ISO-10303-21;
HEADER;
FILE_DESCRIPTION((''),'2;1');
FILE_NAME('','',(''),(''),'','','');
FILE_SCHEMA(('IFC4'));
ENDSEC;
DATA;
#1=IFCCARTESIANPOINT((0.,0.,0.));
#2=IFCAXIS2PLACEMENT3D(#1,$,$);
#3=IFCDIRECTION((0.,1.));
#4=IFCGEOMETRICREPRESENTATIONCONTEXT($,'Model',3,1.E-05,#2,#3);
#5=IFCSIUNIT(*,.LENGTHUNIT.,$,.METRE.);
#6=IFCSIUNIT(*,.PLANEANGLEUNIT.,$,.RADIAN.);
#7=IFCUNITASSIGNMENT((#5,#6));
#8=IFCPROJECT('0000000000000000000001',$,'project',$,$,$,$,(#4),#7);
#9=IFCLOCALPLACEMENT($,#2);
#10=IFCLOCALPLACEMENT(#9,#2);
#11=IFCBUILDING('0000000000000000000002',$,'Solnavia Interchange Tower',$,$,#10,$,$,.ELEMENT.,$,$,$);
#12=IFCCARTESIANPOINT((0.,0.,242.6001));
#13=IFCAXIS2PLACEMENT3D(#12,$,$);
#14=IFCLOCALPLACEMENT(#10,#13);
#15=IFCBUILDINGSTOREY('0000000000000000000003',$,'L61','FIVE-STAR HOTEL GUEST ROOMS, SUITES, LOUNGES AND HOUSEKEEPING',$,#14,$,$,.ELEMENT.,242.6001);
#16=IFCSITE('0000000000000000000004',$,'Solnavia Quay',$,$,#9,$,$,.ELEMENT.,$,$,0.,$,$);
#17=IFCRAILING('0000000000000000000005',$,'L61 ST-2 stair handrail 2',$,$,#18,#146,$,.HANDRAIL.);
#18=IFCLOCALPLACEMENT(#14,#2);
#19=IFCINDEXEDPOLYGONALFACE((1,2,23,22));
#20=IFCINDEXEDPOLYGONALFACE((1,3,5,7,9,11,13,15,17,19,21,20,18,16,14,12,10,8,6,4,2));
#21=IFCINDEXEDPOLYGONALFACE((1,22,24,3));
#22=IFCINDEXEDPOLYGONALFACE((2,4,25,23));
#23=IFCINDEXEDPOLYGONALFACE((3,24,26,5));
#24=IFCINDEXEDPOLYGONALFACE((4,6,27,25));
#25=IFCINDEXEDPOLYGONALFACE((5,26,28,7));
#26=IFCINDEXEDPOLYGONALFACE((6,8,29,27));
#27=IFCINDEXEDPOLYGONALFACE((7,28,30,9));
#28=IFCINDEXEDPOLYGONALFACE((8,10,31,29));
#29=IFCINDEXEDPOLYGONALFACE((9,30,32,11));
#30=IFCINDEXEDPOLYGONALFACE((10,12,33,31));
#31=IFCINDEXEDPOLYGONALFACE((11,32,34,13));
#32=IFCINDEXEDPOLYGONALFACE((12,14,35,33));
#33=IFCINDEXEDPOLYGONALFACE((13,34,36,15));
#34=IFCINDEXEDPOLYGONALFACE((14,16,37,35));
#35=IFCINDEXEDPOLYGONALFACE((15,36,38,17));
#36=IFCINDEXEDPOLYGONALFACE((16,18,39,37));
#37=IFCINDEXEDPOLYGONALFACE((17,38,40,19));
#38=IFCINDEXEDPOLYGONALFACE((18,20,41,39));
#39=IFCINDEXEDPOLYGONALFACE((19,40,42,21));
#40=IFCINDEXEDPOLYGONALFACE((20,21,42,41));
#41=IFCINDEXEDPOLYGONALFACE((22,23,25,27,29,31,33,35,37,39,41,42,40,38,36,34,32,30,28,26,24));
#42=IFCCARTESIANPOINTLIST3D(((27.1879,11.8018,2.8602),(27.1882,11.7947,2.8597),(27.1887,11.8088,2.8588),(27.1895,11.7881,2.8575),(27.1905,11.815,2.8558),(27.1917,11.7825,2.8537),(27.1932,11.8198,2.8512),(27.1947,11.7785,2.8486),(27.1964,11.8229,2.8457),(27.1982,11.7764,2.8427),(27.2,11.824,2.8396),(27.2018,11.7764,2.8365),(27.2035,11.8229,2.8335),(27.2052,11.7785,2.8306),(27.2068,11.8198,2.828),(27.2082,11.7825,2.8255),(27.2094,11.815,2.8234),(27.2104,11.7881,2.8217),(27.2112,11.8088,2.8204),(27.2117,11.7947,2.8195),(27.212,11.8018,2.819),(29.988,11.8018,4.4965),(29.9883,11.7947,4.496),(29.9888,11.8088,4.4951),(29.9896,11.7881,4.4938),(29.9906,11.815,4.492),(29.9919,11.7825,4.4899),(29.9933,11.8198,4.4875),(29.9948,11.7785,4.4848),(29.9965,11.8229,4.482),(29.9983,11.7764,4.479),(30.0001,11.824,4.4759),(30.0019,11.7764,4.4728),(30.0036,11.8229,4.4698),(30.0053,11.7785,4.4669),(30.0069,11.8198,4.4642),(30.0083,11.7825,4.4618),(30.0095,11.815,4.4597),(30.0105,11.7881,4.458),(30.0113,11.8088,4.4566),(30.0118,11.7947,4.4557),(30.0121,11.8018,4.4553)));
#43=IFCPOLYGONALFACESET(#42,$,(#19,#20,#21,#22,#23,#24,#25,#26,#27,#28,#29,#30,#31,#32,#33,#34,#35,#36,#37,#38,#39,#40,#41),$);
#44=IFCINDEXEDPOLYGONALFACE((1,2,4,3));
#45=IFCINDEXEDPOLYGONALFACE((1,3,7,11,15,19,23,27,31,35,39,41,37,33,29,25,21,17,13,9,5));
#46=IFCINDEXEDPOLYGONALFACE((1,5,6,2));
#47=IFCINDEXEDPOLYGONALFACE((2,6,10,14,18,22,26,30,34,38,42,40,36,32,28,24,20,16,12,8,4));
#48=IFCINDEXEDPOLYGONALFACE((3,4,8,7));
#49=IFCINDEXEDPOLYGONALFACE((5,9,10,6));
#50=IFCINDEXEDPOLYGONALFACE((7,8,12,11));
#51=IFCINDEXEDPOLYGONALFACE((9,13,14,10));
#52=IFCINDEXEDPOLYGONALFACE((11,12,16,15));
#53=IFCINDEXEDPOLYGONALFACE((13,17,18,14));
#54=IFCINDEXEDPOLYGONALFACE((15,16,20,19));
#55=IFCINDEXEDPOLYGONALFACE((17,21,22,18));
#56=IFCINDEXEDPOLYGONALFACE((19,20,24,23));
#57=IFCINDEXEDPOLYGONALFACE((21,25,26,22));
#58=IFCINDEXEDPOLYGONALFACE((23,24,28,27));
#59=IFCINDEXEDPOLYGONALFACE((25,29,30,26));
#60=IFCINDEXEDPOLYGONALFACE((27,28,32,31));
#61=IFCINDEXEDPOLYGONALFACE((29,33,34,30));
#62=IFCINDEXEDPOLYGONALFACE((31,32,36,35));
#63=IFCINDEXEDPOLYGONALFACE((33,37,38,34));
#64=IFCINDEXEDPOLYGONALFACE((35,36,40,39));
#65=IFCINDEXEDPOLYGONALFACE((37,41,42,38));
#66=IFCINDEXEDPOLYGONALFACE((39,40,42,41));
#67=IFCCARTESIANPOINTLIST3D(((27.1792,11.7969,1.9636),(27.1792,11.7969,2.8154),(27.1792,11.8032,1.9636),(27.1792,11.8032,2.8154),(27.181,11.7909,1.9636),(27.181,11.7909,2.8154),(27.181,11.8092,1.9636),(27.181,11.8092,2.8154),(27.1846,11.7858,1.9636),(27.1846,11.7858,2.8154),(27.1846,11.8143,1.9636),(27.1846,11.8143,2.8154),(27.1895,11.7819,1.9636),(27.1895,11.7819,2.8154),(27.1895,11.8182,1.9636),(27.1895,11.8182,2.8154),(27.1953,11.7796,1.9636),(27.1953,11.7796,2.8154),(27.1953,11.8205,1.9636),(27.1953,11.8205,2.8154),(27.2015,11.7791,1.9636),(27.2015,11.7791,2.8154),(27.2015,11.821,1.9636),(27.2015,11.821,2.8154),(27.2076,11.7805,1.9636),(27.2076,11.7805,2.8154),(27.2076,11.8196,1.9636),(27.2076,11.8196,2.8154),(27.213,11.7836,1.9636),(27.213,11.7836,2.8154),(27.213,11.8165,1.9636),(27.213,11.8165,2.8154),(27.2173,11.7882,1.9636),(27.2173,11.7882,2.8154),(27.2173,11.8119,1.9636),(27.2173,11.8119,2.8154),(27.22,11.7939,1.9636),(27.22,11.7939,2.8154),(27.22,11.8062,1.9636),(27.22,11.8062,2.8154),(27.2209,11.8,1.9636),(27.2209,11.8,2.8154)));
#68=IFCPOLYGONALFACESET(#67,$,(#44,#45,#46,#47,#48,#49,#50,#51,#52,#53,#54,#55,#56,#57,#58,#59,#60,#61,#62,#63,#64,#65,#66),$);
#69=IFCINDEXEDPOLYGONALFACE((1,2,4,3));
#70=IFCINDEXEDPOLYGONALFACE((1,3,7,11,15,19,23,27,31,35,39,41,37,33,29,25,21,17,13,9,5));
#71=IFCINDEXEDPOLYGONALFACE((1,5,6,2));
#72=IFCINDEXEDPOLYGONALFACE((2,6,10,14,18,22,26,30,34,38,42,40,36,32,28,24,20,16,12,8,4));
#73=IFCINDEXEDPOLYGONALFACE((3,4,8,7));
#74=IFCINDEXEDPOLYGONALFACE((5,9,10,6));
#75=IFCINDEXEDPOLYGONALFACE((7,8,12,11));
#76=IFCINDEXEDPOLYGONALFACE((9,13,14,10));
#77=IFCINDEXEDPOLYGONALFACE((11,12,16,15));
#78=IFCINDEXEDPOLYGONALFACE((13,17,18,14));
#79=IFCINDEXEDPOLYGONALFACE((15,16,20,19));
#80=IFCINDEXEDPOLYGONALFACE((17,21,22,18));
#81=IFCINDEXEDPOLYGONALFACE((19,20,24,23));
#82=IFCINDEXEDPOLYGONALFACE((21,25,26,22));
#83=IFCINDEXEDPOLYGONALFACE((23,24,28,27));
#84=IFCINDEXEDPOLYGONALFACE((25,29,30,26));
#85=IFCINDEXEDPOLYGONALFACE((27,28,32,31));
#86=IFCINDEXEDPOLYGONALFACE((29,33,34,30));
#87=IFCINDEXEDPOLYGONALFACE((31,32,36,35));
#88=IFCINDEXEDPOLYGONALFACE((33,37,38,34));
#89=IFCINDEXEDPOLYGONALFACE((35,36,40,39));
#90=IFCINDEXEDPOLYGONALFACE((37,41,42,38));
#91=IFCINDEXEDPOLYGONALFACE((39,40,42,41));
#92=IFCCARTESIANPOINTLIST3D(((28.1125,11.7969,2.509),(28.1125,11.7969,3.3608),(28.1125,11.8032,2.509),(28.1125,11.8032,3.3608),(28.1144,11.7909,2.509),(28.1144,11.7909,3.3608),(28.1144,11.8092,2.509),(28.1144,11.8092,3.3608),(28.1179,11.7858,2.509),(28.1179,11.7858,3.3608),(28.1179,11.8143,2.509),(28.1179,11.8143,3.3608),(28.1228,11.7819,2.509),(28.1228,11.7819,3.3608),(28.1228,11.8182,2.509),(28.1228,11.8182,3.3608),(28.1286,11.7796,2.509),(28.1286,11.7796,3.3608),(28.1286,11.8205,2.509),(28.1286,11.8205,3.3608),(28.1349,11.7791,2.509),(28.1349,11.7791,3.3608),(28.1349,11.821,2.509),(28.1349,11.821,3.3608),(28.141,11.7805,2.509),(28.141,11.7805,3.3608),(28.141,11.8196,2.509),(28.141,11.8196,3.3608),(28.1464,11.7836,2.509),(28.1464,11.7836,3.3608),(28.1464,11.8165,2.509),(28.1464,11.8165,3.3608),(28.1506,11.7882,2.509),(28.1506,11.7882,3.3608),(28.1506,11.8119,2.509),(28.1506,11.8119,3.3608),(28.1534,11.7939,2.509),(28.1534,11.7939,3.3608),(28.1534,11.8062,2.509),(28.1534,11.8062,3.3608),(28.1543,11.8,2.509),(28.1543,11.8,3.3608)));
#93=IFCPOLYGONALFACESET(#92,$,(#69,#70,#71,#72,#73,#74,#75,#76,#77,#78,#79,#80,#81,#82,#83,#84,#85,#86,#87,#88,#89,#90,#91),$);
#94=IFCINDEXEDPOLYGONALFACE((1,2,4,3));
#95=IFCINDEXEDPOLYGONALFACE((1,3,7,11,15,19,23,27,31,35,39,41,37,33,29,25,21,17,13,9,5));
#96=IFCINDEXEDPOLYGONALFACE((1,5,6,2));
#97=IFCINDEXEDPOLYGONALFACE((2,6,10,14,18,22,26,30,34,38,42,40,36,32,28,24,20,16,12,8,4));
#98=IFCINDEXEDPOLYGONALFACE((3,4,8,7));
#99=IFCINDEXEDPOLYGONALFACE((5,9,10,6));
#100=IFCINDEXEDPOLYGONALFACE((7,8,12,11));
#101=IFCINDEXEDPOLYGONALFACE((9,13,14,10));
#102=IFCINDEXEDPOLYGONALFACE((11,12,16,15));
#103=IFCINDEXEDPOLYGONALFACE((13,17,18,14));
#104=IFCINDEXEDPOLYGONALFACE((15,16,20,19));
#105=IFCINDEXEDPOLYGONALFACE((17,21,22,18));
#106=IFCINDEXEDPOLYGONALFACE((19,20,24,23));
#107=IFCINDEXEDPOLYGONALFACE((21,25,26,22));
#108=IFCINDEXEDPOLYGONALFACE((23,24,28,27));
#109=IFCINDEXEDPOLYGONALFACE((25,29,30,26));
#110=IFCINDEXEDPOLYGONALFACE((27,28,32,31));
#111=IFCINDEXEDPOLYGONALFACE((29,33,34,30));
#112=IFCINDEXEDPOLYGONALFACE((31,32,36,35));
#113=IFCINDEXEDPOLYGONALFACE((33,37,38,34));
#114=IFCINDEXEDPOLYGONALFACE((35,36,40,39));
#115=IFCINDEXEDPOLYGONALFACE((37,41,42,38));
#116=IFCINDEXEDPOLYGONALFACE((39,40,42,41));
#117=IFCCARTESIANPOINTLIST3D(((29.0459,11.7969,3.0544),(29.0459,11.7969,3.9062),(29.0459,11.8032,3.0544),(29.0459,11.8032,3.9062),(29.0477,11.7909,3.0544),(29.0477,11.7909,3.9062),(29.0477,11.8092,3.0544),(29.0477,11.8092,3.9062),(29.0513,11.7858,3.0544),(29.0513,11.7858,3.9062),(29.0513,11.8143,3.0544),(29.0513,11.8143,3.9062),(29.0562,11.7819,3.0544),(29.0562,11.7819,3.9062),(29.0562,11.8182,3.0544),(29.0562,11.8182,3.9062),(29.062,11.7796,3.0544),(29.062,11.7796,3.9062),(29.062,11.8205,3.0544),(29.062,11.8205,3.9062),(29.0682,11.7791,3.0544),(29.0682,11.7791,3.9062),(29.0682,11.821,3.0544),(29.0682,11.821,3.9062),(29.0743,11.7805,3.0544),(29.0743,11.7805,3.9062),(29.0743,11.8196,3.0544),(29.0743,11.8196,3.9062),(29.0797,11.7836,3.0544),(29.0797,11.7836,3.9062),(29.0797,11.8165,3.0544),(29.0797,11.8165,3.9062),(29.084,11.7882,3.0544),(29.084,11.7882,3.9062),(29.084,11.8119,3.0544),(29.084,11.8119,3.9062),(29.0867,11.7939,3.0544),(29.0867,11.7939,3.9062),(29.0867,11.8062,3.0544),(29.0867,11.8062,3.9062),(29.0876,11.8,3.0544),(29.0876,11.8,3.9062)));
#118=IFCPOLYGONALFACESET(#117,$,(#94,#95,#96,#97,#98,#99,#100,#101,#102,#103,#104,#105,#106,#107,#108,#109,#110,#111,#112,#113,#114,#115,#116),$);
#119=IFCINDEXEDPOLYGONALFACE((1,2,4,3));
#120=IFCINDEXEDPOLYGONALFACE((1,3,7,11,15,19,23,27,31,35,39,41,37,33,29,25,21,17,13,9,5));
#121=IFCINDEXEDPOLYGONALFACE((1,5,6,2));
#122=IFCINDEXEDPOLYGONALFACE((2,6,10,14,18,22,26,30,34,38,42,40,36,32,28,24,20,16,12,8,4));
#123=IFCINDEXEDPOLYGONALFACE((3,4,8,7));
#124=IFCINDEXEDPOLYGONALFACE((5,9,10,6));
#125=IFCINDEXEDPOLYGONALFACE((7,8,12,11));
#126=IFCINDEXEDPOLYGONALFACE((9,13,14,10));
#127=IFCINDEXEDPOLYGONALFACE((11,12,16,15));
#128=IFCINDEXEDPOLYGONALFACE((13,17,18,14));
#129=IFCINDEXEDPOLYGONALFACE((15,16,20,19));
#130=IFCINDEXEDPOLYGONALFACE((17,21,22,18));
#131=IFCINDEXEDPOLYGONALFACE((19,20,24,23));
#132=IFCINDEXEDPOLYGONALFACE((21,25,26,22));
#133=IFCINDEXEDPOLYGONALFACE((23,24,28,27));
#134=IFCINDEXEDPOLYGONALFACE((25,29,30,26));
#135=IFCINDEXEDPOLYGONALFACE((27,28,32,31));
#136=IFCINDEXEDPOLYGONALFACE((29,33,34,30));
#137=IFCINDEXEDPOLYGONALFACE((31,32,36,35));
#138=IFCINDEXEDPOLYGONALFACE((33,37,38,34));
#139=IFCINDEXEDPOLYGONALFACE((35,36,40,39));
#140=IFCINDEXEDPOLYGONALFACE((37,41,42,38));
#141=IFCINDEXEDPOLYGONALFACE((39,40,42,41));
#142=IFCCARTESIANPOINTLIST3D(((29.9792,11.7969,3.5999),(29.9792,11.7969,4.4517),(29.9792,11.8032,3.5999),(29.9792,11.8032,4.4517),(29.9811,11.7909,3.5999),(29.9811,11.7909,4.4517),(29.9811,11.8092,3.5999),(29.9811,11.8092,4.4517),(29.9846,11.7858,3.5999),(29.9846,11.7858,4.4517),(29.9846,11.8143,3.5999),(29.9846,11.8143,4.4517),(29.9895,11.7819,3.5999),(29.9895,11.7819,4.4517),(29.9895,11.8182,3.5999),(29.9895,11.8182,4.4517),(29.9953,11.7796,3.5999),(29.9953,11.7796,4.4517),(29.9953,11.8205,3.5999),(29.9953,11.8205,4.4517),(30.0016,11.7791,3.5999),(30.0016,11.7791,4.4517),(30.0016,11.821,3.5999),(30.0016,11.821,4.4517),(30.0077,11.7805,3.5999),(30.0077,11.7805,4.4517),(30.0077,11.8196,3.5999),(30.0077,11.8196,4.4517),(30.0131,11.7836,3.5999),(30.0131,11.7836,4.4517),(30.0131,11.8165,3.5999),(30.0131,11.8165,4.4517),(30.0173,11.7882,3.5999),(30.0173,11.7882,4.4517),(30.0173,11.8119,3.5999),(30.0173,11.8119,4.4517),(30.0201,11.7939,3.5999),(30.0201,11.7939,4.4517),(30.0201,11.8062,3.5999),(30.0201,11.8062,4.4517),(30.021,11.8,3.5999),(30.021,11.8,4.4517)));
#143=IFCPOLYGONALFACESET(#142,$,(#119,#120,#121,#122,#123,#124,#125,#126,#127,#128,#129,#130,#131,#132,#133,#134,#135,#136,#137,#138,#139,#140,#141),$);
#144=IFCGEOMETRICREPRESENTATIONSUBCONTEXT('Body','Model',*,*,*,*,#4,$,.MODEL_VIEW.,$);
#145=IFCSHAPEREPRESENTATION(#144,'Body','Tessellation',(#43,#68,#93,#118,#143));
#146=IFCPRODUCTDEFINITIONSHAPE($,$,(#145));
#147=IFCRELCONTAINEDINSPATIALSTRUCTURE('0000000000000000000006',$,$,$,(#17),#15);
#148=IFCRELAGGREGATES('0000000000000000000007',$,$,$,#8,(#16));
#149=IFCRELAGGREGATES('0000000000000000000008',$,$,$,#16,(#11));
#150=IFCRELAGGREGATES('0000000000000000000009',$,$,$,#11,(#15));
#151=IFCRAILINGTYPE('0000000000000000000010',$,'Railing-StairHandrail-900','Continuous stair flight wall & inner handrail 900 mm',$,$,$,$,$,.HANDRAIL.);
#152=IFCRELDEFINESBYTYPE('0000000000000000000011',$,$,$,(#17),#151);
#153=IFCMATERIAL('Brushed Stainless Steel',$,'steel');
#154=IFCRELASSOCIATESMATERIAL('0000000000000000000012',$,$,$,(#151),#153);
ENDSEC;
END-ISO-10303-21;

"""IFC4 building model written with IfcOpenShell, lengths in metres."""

from ifc_helpers import new_model, si_unit, direction, frame, origin, origin_2d, place, context, subcontext, project, spatial, circle, extrude, material, type_object, element, save


model = new_model("IFC4")

# Units and contexts
model_context = context("Model", 3, precision=1e-05, world=origin(), true_north=direction((0.0, 1.0)))
body_context = subcontext(model_context, "Body", "Model", "MODEL_VIEW")
ifc_project = project(units=[si_unit("LENGTHUNIT", "METRE"), si_unit("PLANEANGLEUNIT", "RADIAN")], contexts=[model_context])

# Site, building, storey
site_placement = place(None, origin())
site = spatial("IfcSite", under=ifc_project, at=site_placement, Name="Solnavia Quay", CompositionType="ELEMENT", RefElevation=0.0)
building_placement = place(site_placement, origin())
building = spatial("IfcBuilding", under=site, at=building_placement, Name="Solnavia Interchange Tower", CompositionType="ELEMENT")
storey_placement = place(building_placement, frame((0.0, 0.0, 242.6001)))
storey = spatial("IfcBuildingStorey", under=building, at=storey_placement, Name="L61", Description="FIVE-STAR HOTEL GUEST ROOMS, SUITES, LOUNGES AND HOUSEKEEPING", CompositionType="ELEMENT", Elevation=242.6001)

# Railing
ifc_material_1 = material(Name="Brushed Stainless Steel", Category="steel")
railing_type_1 = type_object("IfcRailingType", Name="Railing-StairHandrail-900", Description="Continuous stair flight wall & inner handrail 900 mm", PredefinedType="HANDRAIL", material=ifc_material_1)
railing_1_placement = place(storey_placement, frame((27.2, 11.8, 1.9636)))
element("IfcRailing", 1, at=railing_1_placement, inside=storey, type_object=railing_type_1, Name="L61 ST-2 stair handrail 2", PredefinedType="HANDRAIL", context=body_context, shape_type="SweptSolid", body=[
    extrude(circle(Radius=0.0239, at=origin_2d()), frame((0.0, 0.0, 0.876), z_axis=(0.863394, 0.0, 0.504531), x_axis=(0.0, 1.0, 0.0)), (0.0, 0.0, 1.0), 3.2432),
    extrude(circle(Radius=0.021, at=origin_2d()), origin(), (0.0, 0.0, 1.0), 0.8518),
    extrude(circle(Radius=0.021, at=origin_2d()), frame((0.9333, 0.0, 0.5454)), (0.0, 0.0, 1.0), 0.8518),
    extrude(circle(Radius=0.021, at=origin_2d()), frame((1.8667, 0.0, 1.0908)), (0.0, 0.0, 1.0), 0.8518),
    extrude(circle(Radius=0.021, at=origin_2d()), frame((2.8, 0.0, 1.6362)), (0.0, 0.0, 1.0), 0.8518),
])

save(model, "model.ifc")
